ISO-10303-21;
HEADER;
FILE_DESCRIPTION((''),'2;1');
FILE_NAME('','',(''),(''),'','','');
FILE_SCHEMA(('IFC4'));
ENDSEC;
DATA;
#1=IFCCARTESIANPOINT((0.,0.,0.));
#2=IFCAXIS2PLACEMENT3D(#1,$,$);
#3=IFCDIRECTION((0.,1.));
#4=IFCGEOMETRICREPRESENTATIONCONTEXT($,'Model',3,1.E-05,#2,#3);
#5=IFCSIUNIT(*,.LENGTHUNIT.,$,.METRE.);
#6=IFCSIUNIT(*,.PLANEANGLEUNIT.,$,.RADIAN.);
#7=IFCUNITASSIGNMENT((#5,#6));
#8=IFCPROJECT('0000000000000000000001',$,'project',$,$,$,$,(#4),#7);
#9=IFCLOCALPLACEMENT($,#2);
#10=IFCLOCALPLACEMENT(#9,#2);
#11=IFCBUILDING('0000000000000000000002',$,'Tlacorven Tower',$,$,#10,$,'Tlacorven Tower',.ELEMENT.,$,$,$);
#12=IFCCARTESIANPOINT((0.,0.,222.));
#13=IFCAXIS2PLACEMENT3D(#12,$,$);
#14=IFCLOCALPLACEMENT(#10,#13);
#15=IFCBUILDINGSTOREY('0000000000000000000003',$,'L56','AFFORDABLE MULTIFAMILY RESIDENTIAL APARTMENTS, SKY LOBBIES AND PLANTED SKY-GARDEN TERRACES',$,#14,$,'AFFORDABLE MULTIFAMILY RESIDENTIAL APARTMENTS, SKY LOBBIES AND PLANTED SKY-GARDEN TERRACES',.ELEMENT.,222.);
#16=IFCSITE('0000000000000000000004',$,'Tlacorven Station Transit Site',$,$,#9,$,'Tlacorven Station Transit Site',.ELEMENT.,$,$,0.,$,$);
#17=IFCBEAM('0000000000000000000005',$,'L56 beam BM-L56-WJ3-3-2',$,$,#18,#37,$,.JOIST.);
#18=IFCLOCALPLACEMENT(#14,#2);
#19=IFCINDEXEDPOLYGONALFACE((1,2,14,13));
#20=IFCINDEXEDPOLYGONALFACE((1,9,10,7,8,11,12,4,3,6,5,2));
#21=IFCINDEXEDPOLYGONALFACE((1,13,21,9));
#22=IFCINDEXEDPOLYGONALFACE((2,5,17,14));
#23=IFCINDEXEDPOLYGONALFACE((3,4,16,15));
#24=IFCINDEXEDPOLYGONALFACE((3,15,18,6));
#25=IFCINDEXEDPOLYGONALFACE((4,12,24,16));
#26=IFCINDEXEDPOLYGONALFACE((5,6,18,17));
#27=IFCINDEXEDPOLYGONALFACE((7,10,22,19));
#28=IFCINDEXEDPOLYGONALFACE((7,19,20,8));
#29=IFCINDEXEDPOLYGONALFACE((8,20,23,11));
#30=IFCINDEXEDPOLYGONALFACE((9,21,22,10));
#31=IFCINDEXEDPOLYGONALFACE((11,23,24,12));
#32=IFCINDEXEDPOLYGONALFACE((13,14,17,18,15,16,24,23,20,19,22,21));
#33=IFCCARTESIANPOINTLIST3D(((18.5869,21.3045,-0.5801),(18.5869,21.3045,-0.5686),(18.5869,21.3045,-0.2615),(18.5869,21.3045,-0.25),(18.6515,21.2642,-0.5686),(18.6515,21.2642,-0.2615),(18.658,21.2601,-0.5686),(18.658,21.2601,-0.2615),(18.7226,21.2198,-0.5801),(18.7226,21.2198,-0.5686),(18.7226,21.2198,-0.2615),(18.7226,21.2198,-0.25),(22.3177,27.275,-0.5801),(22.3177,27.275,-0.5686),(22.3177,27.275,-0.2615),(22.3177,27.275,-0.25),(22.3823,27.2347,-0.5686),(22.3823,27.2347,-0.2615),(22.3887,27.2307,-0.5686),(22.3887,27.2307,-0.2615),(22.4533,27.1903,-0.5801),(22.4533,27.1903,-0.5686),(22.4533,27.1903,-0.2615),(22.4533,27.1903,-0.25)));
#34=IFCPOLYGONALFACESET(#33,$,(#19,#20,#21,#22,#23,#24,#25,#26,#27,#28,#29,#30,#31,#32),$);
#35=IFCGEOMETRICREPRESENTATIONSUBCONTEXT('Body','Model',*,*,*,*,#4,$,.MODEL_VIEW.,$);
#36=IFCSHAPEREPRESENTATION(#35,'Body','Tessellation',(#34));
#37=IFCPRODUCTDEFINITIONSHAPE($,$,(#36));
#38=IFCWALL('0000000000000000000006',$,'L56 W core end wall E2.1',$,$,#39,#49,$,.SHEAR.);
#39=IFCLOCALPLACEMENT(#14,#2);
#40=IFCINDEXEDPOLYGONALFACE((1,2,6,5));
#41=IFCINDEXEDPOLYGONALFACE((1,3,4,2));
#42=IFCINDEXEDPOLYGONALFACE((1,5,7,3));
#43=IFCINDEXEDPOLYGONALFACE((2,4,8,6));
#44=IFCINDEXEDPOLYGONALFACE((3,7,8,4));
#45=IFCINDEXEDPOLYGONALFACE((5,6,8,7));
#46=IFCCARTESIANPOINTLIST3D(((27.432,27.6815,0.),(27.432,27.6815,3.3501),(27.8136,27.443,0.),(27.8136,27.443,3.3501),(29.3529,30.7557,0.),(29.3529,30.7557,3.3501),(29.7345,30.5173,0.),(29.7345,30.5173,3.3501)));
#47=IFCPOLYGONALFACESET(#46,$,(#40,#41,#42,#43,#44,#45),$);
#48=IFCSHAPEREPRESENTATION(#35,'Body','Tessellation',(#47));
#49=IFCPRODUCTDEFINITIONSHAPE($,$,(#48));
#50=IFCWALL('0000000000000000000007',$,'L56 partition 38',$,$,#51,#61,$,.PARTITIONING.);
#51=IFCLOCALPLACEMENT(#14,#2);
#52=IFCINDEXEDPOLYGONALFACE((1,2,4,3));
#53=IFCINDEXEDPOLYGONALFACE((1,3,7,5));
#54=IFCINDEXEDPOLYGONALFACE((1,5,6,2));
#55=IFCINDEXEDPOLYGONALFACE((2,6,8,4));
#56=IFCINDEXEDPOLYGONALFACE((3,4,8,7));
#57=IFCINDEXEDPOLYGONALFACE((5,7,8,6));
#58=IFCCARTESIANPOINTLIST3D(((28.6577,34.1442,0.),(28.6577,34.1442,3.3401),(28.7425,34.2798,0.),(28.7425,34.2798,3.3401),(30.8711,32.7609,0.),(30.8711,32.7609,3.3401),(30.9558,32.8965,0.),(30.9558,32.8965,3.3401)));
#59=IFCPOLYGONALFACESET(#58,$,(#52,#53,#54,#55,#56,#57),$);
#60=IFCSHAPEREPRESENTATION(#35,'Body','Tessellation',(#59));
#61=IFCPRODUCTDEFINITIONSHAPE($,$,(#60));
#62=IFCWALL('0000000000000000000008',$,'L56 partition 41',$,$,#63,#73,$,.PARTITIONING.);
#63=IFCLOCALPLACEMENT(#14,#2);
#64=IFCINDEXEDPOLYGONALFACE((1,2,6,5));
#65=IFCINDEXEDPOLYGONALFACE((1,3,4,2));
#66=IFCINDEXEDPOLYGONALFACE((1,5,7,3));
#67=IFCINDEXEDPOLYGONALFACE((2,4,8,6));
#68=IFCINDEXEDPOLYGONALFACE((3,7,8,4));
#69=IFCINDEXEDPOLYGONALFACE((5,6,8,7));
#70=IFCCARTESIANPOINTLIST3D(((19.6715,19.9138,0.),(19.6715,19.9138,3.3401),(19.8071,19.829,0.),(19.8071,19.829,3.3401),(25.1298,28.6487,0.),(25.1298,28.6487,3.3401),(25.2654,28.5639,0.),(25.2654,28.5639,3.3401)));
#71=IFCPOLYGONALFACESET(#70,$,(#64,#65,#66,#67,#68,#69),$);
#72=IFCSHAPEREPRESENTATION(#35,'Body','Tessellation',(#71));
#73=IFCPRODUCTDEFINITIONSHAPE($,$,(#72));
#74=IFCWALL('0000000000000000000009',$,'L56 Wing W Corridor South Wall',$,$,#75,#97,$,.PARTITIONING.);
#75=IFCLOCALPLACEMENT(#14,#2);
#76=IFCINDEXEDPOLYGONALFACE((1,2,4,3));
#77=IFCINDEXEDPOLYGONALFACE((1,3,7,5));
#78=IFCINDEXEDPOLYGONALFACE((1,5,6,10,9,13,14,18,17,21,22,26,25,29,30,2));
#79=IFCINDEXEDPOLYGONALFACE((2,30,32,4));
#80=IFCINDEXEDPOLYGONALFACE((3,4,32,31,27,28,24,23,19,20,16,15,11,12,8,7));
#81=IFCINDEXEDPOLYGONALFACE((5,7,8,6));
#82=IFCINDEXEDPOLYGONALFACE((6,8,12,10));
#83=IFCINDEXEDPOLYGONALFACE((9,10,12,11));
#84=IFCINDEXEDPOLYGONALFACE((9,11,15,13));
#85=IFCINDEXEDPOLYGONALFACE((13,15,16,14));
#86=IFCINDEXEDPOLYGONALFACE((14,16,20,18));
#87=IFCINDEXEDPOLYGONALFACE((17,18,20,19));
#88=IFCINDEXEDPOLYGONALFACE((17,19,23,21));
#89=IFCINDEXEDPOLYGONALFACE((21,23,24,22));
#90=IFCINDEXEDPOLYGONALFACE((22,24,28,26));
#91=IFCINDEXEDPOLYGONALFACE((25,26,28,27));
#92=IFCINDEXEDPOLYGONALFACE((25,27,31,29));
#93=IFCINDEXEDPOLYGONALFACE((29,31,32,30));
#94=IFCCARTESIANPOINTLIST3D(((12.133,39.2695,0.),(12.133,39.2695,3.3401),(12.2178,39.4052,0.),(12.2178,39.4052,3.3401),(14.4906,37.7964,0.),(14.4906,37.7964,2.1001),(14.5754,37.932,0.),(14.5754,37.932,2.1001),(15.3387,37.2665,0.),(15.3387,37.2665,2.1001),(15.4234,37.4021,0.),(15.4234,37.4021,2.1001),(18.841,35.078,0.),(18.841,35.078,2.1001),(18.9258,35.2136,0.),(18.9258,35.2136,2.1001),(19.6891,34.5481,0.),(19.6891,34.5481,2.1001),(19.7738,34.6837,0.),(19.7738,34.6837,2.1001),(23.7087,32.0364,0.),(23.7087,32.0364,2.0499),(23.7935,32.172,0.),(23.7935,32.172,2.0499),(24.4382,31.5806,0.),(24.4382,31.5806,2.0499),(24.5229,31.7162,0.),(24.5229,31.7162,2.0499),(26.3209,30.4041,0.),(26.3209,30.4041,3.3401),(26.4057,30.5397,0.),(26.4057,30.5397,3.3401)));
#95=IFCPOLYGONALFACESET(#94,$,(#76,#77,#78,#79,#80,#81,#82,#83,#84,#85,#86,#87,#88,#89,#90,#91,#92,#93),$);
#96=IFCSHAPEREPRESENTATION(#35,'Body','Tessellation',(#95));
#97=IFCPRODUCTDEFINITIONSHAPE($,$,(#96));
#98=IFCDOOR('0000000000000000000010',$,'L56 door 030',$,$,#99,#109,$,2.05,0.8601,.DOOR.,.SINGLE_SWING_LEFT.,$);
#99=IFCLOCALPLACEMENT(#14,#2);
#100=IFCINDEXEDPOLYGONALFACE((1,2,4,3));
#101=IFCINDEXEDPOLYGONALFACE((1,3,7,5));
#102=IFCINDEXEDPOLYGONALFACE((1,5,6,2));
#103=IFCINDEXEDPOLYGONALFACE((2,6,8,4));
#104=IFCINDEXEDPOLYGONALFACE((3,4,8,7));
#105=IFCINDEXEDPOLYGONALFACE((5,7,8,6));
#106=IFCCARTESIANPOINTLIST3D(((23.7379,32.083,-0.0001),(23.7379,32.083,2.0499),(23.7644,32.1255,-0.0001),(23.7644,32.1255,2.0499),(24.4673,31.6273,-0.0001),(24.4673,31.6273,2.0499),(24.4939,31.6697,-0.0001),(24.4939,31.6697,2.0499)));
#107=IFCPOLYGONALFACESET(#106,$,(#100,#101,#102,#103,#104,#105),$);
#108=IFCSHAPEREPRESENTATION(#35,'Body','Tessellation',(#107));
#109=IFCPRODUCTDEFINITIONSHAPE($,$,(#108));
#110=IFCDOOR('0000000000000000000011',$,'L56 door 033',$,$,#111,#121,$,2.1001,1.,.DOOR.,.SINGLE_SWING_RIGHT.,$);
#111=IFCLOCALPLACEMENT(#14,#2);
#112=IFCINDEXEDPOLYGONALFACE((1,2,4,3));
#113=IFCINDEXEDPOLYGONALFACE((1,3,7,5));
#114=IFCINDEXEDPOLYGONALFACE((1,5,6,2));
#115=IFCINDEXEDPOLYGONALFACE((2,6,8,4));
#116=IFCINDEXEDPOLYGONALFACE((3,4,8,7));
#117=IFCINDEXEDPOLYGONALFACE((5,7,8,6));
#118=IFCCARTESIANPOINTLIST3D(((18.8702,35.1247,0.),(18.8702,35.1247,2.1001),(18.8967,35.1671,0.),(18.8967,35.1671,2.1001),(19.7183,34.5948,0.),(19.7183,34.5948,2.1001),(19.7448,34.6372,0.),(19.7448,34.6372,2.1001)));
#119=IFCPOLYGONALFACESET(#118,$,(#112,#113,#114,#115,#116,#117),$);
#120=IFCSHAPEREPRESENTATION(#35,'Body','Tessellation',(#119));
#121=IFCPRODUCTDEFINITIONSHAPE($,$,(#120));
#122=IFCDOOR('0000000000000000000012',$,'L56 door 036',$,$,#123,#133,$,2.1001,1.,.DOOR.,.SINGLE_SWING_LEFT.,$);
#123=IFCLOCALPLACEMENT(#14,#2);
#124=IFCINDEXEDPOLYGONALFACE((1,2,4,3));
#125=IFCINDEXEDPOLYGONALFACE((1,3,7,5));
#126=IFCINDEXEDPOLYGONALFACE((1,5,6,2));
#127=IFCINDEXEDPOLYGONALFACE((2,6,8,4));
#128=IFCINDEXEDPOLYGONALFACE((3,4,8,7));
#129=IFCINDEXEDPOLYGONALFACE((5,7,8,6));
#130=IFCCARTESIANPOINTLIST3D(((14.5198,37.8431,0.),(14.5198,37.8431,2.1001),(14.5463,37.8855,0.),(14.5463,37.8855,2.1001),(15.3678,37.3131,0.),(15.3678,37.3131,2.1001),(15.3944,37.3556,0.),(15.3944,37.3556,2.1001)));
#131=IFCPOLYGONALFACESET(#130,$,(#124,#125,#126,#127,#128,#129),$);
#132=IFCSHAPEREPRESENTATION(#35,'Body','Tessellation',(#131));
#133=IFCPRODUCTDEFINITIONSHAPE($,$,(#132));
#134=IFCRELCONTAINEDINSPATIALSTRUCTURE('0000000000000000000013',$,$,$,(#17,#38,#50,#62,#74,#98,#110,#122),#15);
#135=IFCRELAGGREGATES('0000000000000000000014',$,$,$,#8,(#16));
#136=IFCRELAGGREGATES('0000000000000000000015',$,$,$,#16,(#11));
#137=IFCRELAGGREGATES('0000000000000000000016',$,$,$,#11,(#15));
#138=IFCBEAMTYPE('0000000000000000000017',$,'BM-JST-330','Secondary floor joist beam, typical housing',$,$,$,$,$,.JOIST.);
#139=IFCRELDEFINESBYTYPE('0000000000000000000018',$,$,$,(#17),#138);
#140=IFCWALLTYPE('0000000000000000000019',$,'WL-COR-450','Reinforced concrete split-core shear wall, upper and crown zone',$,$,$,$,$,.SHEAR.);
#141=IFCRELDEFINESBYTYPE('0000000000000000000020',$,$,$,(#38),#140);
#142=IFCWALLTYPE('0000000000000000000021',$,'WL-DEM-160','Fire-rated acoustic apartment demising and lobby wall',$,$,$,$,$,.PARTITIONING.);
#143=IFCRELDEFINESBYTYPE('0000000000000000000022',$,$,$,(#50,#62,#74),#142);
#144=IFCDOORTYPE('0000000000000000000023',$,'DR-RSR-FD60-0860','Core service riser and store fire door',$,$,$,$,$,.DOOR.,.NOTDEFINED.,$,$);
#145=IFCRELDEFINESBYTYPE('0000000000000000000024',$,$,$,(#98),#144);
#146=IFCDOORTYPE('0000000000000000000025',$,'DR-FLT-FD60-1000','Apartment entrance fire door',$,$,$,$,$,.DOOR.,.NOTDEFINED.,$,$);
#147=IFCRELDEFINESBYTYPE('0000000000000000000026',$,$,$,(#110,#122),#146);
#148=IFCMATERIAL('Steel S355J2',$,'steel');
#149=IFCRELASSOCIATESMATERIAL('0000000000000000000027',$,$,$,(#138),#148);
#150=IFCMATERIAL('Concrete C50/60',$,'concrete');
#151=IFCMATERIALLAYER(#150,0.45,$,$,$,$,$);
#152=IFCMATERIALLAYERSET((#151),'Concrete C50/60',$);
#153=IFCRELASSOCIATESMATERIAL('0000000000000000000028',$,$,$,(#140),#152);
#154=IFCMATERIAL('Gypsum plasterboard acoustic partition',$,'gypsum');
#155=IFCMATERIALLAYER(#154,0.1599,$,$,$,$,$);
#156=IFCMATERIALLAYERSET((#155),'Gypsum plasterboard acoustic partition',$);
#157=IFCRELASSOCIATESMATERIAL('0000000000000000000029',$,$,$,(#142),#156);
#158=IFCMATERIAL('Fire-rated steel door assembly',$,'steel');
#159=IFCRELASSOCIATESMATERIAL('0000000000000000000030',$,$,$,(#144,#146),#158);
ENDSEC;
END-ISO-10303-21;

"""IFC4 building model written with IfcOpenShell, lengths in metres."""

from ifc_helpers import new_model, si_unit, direction, frame, frame_2d, origin, origin_2d, place, context, subcontext, project, spatial, rectangle, i_section, extrude, source, transform, mapped, material, layer, layer_set, material_profile, profile_set, type_object, element, fill, save


model = new_model("IFC4")

# Units and contexts
model_context = context("Model", 3, precision=1e-05, world=origin(), true_north=direction((0.0, 1.0)))
body_context = subcontext(model_context, "Body", "Model", "MODEL_VIEW")
ifc_project = project(units=[si_unit("LENGTHUNIT", "METRE"), si_unit("PLANEANGLEUNIT", "RADIAN")], contexts=[model_context])

# Site, building, storey
site_placement = place(None, origin())
site = spatial("IfcSite", under=ifc_project, at=site_placement, Name="Tlacorven Station Transit Site", LongName="Tlacorven Station Transit Site", CompositionType="ELEMENT", RefElevation=0.0)
building_placement = place(site_placement, origin())
building = spatial("IfcBuilding", under=site, at=building_placement, Name="Tlacorven Tower", LongName="Tlacorven Tower", CompositionType="ELEMENT")
storey_placement = place(building_placement, frame((0.0, 0.0, 222.0)))
storey = spatial("IfcBuildingStorey", under=building, at=storey_placement, Name="L56", Description="AFFORDABLE MULTIFAMILY RESIDENTIAL APARTMENTS, SKY LOBBIES AND PLANTED SKY-GARDEN TERRACES", LongName="AFFORDABLE MULTIFAMILY RESIDENTIAL APARTMENTS, SKY LOBBIES AND PLANTED SKY-GARDEN TERRACES", CompositionType="ELEMENT", Elevation=222.0)

# Beam
ifc_material_1 = material(Name="Steel S355J2", Category="steel")
ifc_material_profile_1 = material_profile(ifc_material_1, i_section(OverallWidth=0.1599, OverallDepth=0.3301, WebThickness=0.0076, FlangeThickness=0.0115, at=origin_2d()), Name="IPE 330")
ifc_profile_set_1 = profile_set([ifc_material_profile_1], Name="Steel S355J2")
beam_type_1 = type_object("IfcBeamType", Name="BM-JST-330", Description="Secondary floor joist beam, typical housing", PredefinedType="JOIST", material=ifc_profile_set_1)
shared_shape_1 = source(origin(), body_context, "Body", "SweptSolid", [
    extrude(i_section(OverallWidth=0.1599, OverallDepth=0.3301, WebThickness=0.0076, FlangeThickness=0.0115, at=origin_2d()), origin(), (0.0, 0.0, 1.0), 7.0403),
])
beam_1_placement = place(storey_placement, frame((22.3855, 27.2327, -0.415), z_axis=(-0.529915, -0.848051, 0.0), x_axis=(0.848051, -0.529915, 0.0)))
element("IfcBeam", 1, at=beam_1_placement, inside=storey, type_object=beam_type_1, Name="L56 beam BM-L56-WJ3-3-2", PredefinedType="JOIST", context=body_context, shape_type="MappedRepresentation", body=[
    mapped(shared_shape_1, transform((0.0, 0.0, 0.0), scale=1.0)),
])

# Walls
ifc_material_2 = material(Name="Concrete C50/60", Category="concrete")
ifc_layer_1 = layer(ifc_material_2, 0.45)
ifc_layer_set_1 = layer_set([ifc_layer_1], Name="Concrete C50/60")
wall_type_1 = type_object("IfcWallType", Name="WL-COR-450", Description="Reinforced concrete split-core shear wall, upper and crown zone", PredefinedType="SHEAR", material=ifc_layer_set_1)
wall_1_placement = place(storey_placement, frame((29.5437, 30.6365, 0.0), z_axis=(0.0, 0.0, 1.0), x_axis=(-0.529902, -0.848059, 0.0)))
element("IfcWall", 2, at=wall_1_placement, inside=storey, type_object=wall_type_1, Name="L56 W core end wall E2.1", PredefinedType="SHEAR", context=body_context, shape_type="SweptSolid", body=[
    extrude(rectangle(XDim=3.625, YDim=0.45, at=frame_2d((1.8125, 0.0))), origin(), (0.0, 0.0, 1.0), 3.3501),
])
ifc_material_3 = material(Name="Gypsum plasterboard acoustic partition", Category="gypsum")
ifc_layer_2 = layer(ifc_material_3, 0.1599)
ifc_layer_set_2 = layer_set([ifc_layer_2], Name="Gypsum plasterboard acoustic partition")
wall_type_2 = type_object("IfcWallType", Name="WL-DEM-160", Description="Fire-rated acoustic apartment demising and lobby wall", PredefinedType="PARTITIONING", material=ifc_layer_set_2)
wall_2_placement = place(storey_placement, frame((30.9136, 32.8286, 0.0), z_axis=(0.0, 0.0, 1.0), x_axis=(-0.848009, 0.529982, 0.0)))
element("IfcWall", 3, at=wall_2_placement, inside=storey, type_object=wall_type_2, Name="L56 partition 38", PredefinedType="PARTITIONING", context=body_context, shape_type="SweptSolid", body=[
    extrude(rectangle(XDim=2.6101, YDim=0.1599, at=frame_2d((1.3052, 0.0))), origin(), (0.0, 0.0, 1.0), 3.3401),
])
wall_3_placement = place(storey_placement, frame((25.1975, 28.6062, 0.0), z_axis=(0.0, 0.0, 1.0), x_axis=(-0.529926, -0.848044, 0.0)))
element("IfcWall", 4, at=wall_3_placement, inside=storey, type_object=wall_type_2, Name="L56 partition 41", PredefinedType="PARTITIONING", context=body_context, shape_type="SweptSolid", body=[
    extrude(rectangle(XDim=10.3, YDim=0.1599, at=frame_2d((5.1499, 0.0))), origin(), (0.0, 0.0, 1.0), 3.3401),
])

# Wall, openings, doors
wall_4_placement = place(storey_placement, frame((26.3633, 30.4719, 0.0), z_axis=(0.0, 0.0, 1.0), x_axis=(-0.848052, 0.529912, 0.0)))
wall_4 = element("IfcWall", 5, at=wall_4_placement, inside=storey, type_object=wall_type_2, Name="L56 Wing W Corridor South Wall", PredefinedType="PARTITIONING", context=body_context, shape_type="SweptSolid", body=[
    extrude(rectangle(XDim=16.73, YDim=0.1599, at=frame_2d((8.365, 0.0))), origin(), (0.0, 0.0, 1.0), 3.3401),
])
opening_1_placement = place(wall_4_placement, frame((2.22, 0.0, 0.0)))
opening_1 = element("IfcOpeningElement", 6, at=opening_1_placement, cuts=wall_4, PredefinedType="OPENING", context=body_context, shape_type="SweptSolid", body=[
    extrude(rectangle(XDim=0.8601, YDim=2.05, at=frame_2d((0.4302, 1.0249))), frame((0.0, 0.0898, 0.0), z_axis=(0.0, -1.0, 0.0), x_axis=(1.0, 0.0, 0.0)), (0.0, 0.0, 1.0), 0.1799),
])
opening_2_placement = place(wall_4_placement, frame((7.8201, 0.0, 0.0)))
opening_2 = element("IfcOpeningElement", 7, at=opening_2_placement, cuts=wall_4, PredefinedType="OPENING", context=body_context, shape_type="SweptSolid", body=[
    extrude(rectangle(XDim=1.0, YDim=2.1001, at=frame_2d((0.5, 1.05))), frame((0.0, 0.0898, 0.0), z_axis=(0.0, -1.0, 0.0), x_axis=(1.0, 0.0, 0.0)), (0.0, 0.0, 1.0), 0.1799),
])
opening_3_placement = place(wall_4_placement, frame((12.95, 0.0, 0.0)))
opening_3 = element("IfcOpeningElement", 8, at=opening_3_placement, cuts=wall_4, PredefinedType="OPENING", context=body_context, shape_type="SweptSolid", body=[
    extrude(rectangle(XDim=1.0, YDim=2.1001, at=frame_2d((0.5, 1.05))), frame((0.0, 0.0898, 0.0), z_axis=(0.0, -1.0, 0.0), x_axis=(1.0, 0.0, 0.0)), (0.0, 0.0, 1.0), 0.1799),
])
ifc_material_4 = material(Name="Fire-rated steel door assembly", Category="steel")
door_type_1 = type_object("IfcDoorType", Name="DR-RSR-FD60-0860", Description="Core service riser and store fire door", OperationType="NOTDEFINED", PredefinedType="DOOR", material=ifc_material_4)
shared_shape_2 = source(origin(), body_context, "Body", "SweptSolid", [
    extrude(rectangle(XDim=0.8601, YDim=2.05, at=frame_2d((0.4302, 1.0249))), frame((0.0, 0.0249, 0.0), z_axis=(0.0, -1.0, 0.0), x_axis=(1.0, 0.0, 0.0)), (0.0, 0.0, 1.0), 0.05),
])
door_1_placement = place(opening_1_placement, origin())
door_1 = element("IfcDoor", 9, at=door_1_placement, inside=storey, type_object=door_type_1, Name="L56 door 030", OperationType="SINGLE_SWING_LEFT", OverallHeight=2.05, OverallWidth=0.8601, PredefinedType="DOOR", context=body_context, shape_type="MappedRepresentation", body=[
    mapped(shared_shape_2, transform((0.0, 0.0, 0.0), scale=1.0)),
])
fill(opening_1, door_1)
door_type_2 = type_object("IfcDoorType", Name="DR-FLT-FD60-1000", Description="Apartment entrance fire door", OperationType="NOTDEFINED", PredefinedType="DOOR", material=ifc_material_4)
shared_shape_3 = source(origin(), body_context, "Body", "SweptSolid", [
    extrude(rectangle(XDim=1.0, YDim=2.1001, at=frame_2d((0.5, 1.05))), frame((0.0, 0.0249, 0.0), z_axis=(0.0, -1.0, 0.0), x_axis=(1.0, 0.0, 0.0)), (0.0, 0.0, 1.0), 0.05),
])
door_2_placement = place(opening_2_placement, origin())
door_2 = element("IfcDoor", 10, at=door_2_placement, inside=storey, type_object=door_type_2, Name="L56 door 033", OperationType="SINGLE_SWING_RIGHT", OverallHeight=2.1001, OverallWidth=1.0, PredefinedType="DOOR", context=body_context, shape_type="MappedRepresentation", body=[
    mapped(shared_shape_3, transform((0.0, 0.0, 0.0), scale=1.0)),
])
fill(opening_2, door_2)
door_3_placement = place(opening_3_placement, origin())
door_3 = element("IfcDoor", 11, at=door_3_placement, inside=storey, type_object=door_type_2, Name="L56 door 036", OperationType="SINGLE_SWING_LEFT", OverallHeight=2.1001, OverallWidth=1.0, PredefinedType="DOOR", context=body_context, shape_type="MappedRepresentation", body=[
    mapped(shared_shape_3, transform((0.0, 0.0, 0.0), scale=1.0)),
])
fill(opening_3, door_3)

save(model, "model.ifc")
